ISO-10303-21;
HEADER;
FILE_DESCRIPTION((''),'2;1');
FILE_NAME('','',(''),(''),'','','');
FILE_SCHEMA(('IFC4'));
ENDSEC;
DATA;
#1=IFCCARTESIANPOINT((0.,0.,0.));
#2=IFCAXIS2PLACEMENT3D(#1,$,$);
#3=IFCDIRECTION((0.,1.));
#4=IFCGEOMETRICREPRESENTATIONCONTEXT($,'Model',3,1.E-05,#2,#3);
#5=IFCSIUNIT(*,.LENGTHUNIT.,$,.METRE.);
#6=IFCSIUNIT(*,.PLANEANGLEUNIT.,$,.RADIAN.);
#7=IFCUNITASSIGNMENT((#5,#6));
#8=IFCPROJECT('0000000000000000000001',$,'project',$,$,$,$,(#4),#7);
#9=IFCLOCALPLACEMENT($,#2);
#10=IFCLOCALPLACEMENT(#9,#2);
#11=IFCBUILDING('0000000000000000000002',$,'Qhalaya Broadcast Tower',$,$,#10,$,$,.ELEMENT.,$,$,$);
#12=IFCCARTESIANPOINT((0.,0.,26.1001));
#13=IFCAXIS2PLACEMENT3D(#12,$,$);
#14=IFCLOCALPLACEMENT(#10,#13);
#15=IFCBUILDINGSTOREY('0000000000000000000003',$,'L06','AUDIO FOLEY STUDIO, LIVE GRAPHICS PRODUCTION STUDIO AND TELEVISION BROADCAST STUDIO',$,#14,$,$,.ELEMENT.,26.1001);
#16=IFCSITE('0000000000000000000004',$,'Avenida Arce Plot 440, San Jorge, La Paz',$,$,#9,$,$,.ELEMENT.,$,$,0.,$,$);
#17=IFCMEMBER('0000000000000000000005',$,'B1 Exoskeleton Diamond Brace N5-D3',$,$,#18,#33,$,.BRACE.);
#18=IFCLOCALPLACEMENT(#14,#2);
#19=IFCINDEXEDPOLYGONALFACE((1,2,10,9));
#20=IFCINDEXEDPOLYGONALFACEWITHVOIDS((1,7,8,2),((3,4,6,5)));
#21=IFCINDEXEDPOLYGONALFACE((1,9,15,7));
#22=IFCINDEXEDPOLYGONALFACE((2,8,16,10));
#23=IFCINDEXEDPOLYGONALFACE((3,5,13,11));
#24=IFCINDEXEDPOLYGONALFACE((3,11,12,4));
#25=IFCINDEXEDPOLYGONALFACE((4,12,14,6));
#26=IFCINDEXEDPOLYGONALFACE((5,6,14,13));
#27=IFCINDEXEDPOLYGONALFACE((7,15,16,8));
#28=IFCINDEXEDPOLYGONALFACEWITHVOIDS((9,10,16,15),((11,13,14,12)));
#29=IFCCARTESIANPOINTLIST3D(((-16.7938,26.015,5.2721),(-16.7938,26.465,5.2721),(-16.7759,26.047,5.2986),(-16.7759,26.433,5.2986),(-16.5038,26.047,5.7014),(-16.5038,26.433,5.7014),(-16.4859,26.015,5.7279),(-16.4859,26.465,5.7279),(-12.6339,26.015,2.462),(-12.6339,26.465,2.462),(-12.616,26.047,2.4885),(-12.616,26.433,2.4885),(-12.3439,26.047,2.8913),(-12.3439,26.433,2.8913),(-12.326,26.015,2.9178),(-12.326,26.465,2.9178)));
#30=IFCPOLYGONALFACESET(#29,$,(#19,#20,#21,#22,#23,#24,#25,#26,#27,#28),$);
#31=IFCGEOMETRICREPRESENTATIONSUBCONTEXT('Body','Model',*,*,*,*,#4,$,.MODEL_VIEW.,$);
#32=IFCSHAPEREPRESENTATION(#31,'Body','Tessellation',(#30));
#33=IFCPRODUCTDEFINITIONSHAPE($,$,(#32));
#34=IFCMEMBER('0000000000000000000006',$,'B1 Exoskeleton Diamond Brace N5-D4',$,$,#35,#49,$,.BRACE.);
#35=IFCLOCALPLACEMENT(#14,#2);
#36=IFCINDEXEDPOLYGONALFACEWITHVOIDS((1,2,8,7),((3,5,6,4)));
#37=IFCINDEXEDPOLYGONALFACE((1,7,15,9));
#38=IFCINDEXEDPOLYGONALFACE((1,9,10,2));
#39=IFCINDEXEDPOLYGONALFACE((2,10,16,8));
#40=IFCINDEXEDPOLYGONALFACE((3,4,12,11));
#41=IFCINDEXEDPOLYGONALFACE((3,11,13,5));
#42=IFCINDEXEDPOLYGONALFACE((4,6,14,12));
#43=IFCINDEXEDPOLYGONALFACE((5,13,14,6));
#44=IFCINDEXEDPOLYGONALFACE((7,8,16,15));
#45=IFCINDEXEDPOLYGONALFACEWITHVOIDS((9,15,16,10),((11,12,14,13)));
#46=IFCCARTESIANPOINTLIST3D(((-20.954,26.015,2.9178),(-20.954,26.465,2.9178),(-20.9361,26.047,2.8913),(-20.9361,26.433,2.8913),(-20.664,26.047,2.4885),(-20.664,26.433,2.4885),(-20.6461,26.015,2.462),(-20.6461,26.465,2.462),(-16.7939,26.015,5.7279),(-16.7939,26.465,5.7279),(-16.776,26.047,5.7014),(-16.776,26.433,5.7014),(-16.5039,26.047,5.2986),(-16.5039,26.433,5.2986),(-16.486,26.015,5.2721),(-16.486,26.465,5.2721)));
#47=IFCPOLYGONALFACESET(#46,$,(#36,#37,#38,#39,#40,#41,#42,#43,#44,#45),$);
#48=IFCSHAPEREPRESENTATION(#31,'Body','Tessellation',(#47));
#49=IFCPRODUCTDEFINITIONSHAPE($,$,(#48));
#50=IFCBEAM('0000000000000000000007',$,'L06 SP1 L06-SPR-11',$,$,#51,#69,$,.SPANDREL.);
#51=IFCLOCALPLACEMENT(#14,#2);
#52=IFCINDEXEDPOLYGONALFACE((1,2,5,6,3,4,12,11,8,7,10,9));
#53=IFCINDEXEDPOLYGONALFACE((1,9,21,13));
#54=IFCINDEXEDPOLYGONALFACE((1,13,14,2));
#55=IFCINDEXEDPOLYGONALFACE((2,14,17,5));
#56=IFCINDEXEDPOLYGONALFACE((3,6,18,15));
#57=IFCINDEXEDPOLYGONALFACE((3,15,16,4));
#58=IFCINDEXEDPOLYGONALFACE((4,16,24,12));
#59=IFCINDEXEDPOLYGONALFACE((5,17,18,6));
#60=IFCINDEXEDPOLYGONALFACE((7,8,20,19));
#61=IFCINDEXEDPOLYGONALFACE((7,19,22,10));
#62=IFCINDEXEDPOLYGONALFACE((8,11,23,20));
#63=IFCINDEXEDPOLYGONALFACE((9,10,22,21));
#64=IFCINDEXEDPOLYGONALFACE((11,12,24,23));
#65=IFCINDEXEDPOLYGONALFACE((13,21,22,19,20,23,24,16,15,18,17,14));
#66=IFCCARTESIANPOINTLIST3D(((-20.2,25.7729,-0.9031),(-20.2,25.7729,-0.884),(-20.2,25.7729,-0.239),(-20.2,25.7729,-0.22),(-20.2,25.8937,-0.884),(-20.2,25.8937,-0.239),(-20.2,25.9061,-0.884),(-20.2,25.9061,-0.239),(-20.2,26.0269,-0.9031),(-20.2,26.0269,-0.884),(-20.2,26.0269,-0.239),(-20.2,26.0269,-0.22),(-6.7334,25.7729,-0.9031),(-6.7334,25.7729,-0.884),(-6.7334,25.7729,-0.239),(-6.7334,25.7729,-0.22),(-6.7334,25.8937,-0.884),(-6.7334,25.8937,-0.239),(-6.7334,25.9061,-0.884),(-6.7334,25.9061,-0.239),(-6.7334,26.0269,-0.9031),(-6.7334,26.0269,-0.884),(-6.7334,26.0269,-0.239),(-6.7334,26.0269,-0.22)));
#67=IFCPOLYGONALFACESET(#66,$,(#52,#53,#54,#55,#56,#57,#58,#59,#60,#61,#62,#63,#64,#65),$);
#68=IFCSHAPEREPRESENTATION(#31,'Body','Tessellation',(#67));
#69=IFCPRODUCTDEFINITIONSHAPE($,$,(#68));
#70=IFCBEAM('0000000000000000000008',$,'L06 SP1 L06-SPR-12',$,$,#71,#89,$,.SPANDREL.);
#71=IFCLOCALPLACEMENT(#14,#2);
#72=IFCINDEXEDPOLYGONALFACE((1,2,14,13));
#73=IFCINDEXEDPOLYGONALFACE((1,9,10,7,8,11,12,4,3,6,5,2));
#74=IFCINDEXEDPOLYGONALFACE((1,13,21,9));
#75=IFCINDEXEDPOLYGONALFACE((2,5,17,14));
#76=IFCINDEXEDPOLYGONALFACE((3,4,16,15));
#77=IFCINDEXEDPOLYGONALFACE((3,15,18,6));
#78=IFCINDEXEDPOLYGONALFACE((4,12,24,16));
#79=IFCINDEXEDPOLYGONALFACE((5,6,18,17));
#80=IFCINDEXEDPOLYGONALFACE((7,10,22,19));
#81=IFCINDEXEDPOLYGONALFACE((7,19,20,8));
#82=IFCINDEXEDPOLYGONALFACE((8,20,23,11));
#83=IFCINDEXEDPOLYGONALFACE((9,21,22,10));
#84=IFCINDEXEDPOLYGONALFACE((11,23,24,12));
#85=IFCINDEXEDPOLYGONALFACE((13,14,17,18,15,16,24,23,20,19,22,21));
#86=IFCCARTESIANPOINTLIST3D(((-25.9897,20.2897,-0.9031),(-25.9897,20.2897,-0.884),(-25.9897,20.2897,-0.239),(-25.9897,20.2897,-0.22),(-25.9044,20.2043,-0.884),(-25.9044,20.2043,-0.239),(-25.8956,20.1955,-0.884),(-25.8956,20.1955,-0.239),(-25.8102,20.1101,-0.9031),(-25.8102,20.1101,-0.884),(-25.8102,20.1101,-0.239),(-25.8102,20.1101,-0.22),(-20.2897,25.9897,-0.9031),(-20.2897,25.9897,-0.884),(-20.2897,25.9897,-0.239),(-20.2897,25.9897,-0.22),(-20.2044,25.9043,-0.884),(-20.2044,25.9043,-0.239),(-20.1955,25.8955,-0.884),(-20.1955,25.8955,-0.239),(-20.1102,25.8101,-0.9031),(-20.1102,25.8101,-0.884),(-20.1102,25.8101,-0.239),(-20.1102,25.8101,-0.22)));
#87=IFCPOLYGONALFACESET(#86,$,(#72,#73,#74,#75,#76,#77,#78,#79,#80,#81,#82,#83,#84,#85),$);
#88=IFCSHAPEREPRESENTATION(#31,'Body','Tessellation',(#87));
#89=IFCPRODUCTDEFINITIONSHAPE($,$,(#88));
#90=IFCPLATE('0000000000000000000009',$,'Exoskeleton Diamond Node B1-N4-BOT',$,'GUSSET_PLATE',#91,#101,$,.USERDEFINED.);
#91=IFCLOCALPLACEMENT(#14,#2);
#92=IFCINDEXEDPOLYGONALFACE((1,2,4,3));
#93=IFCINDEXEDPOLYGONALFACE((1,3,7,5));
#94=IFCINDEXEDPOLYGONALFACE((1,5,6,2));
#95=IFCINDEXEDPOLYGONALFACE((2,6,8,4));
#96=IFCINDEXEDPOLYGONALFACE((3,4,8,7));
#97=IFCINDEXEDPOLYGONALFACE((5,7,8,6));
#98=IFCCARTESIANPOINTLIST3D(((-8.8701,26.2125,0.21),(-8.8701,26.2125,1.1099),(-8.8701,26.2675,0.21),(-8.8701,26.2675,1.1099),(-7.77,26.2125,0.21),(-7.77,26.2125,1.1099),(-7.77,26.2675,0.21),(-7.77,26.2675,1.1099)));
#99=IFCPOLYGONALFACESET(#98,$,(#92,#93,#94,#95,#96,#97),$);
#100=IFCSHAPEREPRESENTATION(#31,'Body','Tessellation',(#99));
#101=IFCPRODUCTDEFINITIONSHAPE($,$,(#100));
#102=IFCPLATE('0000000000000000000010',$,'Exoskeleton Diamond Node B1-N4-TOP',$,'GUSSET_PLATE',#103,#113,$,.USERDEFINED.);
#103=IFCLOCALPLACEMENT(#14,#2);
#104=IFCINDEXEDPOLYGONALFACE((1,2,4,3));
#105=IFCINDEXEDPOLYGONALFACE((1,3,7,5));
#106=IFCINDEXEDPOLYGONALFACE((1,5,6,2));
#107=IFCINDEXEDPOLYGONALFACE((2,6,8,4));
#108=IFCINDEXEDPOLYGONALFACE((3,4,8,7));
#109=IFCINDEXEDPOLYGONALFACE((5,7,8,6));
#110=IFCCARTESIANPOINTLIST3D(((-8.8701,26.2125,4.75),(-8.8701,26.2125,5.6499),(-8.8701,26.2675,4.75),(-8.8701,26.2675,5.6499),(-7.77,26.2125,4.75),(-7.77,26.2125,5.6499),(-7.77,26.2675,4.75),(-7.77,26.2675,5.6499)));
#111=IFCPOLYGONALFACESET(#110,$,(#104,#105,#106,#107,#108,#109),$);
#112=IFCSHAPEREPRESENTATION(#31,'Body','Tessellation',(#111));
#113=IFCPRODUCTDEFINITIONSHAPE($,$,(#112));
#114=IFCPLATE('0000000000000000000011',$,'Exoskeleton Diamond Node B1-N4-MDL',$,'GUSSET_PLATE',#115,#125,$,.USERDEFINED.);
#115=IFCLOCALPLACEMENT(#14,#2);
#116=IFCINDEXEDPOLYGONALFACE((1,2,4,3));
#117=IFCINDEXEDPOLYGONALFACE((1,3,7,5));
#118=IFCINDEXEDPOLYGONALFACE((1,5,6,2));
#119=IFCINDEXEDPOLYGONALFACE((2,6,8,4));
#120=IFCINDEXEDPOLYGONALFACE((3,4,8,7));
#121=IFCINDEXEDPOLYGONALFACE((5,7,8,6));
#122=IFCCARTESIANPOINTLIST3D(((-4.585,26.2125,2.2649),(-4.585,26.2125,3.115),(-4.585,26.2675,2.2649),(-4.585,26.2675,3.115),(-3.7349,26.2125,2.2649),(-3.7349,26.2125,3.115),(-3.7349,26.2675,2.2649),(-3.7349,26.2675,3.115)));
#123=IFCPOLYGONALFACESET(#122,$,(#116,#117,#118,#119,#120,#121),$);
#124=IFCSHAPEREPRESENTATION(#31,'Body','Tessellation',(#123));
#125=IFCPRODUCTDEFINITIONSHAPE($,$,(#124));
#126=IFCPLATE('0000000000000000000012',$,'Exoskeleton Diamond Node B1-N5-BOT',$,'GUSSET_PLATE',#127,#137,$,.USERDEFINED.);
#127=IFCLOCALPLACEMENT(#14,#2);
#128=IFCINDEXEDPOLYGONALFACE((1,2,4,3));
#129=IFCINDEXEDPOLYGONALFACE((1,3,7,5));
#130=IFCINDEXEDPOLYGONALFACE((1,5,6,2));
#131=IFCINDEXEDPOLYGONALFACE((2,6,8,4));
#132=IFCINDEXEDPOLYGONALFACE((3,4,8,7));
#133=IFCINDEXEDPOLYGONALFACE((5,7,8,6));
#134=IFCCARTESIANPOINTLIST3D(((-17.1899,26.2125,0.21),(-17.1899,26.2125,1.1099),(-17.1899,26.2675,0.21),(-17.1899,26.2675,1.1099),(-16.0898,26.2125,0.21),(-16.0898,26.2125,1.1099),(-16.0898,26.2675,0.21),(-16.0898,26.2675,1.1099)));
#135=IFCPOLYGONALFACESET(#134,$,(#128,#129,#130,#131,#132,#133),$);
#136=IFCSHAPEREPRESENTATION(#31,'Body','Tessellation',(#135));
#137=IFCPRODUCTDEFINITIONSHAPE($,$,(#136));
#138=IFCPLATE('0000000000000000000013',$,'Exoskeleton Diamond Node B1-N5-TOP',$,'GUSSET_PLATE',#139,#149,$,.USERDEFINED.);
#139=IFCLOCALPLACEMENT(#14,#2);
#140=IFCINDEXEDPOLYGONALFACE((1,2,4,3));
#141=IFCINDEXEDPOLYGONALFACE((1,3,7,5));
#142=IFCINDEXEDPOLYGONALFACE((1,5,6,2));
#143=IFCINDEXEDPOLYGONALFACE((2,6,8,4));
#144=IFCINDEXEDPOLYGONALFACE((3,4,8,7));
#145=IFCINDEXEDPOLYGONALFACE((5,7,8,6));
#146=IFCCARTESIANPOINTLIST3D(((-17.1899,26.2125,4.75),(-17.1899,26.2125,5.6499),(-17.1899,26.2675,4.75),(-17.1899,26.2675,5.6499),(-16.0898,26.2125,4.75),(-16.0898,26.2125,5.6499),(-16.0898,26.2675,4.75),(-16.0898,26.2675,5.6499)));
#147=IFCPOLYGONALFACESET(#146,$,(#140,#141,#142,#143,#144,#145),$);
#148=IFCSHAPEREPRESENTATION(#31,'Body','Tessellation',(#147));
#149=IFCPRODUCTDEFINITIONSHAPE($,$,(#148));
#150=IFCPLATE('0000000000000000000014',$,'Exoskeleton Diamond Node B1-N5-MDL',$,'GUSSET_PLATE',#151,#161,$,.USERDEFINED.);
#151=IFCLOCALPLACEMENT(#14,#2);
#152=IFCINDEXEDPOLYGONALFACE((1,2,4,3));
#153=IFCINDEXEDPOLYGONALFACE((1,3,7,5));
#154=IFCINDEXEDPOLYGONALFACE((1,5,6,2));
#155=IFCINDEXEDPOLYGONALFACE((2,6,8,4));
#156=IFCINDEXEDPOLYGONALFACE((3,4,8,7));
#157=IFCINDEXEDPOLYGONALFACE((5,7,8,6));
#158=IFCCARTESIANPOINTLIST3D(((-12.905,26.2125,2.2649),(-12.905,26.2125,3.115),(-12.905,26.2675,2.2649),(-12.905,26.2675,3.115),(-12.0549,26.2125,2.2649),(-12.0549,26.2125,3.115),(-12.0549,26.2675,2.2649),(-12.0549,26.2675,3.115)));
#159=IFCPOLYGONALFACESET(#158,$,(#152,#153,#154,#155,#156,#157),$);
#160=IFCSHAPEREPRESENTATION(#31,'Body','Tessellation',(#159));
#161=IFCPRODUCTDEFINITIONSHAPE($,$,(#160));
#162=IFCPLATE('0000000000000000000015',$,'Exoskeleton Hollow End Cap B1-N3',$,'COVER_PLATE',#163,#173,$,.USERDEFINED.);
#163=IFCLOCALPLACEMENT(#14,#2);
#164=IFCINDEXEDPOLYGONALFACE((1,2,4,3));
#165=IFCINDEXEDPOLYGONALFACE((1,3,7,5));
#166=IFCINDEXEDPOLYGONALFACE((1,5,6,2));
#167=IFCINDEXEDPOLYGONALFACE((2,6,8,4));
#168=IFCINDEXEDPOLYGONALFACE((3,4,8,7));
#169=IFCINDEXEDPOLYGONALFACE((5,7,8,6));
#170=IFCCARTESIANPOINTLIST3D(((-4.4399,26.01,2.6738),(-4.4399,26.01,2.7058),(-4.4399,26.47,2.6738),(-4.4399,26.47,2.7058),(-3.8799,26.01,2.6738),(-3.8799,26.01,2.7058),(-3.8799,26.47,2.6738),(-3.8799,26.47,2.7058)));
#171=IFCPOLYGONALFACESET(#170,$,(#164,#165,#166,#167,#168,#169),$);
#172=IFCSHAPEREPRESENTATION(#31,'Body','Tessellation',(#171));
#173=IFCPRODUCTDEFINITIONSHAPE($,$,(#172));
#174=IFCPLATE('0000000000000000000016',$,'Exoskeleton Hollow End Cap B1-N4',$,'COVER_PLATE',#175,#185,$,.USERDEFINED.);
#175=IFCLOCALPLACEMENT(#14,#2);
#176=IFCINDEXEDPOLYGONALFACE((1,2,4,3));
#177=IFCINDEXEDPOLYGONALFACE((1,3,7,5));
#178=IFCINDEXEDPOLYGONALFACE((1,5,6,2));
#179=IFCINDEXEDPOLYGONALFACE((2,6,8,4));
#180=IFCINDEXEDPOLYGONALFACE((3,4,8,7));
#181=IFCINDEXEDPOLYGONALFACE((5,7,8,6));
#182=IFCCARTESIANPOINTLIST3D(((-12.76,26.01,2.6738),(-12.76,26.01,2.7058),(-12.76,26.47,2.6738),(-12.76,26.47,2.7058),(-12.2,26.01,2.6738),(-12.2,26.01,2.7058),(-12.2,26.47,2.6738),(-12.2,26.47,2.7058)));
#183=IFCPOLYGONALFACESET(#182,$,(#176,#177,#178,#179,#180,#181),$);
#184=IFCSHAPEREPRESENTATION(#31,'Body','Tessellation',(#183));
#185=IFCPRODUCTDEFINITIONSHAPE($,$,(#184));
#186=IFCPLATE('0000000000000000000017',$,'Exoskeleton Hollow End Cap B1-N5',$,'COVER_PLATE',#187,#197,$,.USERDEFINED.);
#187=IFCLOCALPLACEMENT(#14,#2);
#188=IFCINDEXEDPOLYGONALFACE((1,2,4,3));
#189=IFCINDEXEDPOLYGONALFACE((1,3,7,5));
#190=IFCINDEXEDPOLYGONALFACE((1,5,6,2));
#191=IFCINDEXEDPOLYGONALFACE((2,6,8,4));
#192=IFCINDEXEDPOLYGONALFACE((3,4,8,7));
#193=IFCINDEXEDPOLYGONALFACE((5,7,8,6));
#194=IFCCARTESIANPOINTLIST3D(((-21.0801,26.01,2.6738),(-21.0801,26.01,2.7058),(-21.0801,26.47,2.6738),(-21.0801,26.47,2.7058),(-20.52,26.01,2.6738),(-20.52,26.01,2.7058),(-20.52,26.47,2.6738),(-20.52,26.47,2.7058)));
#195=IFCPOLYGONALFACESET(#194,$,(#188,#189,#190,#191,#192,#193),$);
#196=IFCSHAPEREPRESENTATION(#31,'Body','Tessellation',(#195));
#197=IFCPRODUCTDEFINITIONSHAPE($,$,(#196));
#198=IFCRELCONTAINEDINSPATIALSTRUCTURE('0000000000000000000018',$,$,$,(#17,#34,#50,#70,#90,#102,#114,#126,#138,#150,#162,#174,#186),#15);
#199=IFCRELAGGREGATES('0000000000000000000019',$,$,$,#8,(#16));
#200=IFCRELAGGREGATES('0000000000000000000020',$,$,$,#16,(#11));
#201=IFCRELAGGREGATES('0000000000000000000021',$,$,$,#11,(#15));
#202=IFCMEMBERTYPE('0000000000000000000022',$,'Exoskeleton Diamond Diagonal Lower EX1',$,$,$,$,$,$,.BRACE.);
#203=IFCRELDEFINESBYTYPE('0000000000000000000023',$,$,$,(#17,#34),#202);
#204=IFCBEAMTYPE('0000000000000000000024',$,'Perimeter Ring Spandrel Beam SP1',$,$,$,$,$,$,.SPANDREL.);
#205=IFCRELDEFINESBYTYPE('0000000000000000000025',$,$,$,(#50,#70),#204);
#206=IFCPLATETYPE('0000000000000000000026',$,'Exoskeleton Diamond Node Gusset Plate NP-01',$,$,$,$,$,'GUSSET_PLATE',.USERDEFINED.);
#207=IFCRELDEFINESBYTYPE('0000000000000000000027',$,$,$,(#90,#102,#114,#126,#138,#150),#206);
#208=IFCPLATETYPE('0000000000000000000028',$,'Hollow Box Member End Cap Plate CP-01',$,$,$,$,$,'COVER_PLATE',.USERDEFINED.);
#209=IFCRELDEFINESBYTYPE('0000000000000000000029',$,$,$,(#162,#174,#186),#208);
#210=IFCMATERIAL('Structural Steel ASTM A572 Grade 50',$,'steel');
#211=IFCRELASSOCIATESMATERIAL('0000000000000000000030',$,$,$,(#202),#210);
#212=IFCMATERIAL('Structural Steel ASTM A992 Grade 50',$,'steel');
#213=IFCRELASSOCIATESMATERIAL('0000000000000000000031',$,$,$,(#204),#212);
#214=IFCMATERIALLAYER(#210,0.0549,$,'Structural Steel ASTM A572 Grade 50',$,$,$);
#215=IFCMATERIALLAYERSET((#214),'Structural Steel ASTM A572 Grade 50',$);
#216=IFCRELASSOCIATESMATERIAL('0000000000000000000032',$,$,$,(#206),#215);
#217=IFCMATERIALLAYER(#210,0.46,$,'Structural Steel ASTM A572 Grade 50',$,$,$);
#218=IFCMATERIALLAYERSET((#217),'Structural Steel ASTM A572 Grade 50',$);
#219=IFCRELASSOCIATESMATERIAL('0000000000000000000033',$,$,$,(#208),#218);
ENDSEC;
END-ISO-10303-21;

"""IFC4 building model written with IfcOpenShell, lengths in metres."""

from ifc_helpers import new_model, si_unit, direction, frame, origin, origin_2d, place, context, subcontext, project, spatial, rectangle, hollow_rectangle, i_section, extrude, material, layer, layer_set, material_profile, profile_set, type_object, element, save


model = new_model("IFC4")

# Units and contexts
model_context = context("Model", 3, precision=1e-05, world=origin(), true_north=direction((0.0, 1.0)))
body_context = subcontext(model_context, "Body", "Model", "MODEL_VIEW")
ifc_project = project(units=[si_unit("LENGTHUNIT", "METRE"), si_unit("PLANEANGLEUNIT", "RADIAN")], contexts=[model_context])

# Site, building, storey
site_placement = place(None, origin())
site = spatial("IfcSite", under=ifc_project, at=site_placement, Name="Avenida Arce Plot 440, San Jorge, La Paz", CompositionType="ELEMENT", RefElevation=0.0)
building_placement = place(site_placement, origin())
building = spatial("IfcBuilding", under=site, at=building_placement, Name="Qhalaya Broadcast Tower", CompositionType="ELEMENT")
storey_placement = place(building_placement, frame((0.0, 0.0, 26.1001)))
storey = spatial("IfcBuildingStorey", under=building, at=storey_placement, Name="L06", Description="AUDIO FOLEY STUDIO, LIVE GRAPHICS PRODUCTION STUDIO AND TELEVISION BROADCAST STUDIO", CompositionType="ELEMENT", Elevation=26.1001)

# Shared definitions
ifc_material_1 = material(Name="Structural Steel ASTM A992 Grade 50", Category="steel")
ifc_material_2 = material(Name="Structural Steel ASTM A572 Grade 50", Category="steel")

# Members
ifc_material_profile_1 = material_profile(ifc_material_2, hollow_rectangle(XDim=0.45, YDim=0.55, WallThickness=0.032, at=origin_2d()), Name="BOX 450x550x32")
ifc_profile_set_1 = profile_set([ifc_material_profile_1], Name="Structural Steel ASTM A572 Grade 50")
member_type = type_object("IfcMemberType", Name="Exoskeleton Diamond Diagonal Lower EX1", PredefinedType="BRACE", material=ifc_profile_set_1)
member_1_placement = place(storey_placement, frame((-12.48, 26.24, 2.6899), z_axis=(-0.828653, 0.0, 0.559763), x_axis=(0.0, -1.0, 0.0)))
element("IfcMember", 1, at=member_1_placement, inside=storey, type_object=member_type, Name="B1 Exoskeleton Diamond Brace N5-D3", PredefinedType="BRACE", context=body_context, shape_type="SweptSolid", body=[
    extrude(hollow_rectangle(XDim=0.45, YDim=0.55, WallThickness=0.032, at=origin_2d()), origin(), (0.0, 0.0, 1.0), 5.02),
])
member_2_placement = place(storey_placement, frame((-20.8, 26.24, 2.6899), z_axis=(0.828668, 0.0, 0.55974), x_axis=(0.0, 1.0, 0.0)))
element("IfcMember", 2, at=member_2_placement, inside=storey, type_object=member_type, Name="B1 Exoskeleton Diamond Brace N5-D4", PredefinedType="BRACE", context=body_context, shape_type="SweptSolid", body=[
    extrude(hollow_rectangle(XDim=0.45, YDim=0.55, WallThickness=0.032, at=origin_2d()), origin(), (0.0, 0.0, 1.0), 5.0203),
])

# Beams
ifc_material_profile_2 = material_profile(ifc_material_1, i_section(OverallWidth=0.2539, OverallDepth=0.6831, WebThickness=0.0125, FlangeThickness=0.019, at=origin_2d()), Name="W27X94")
ifc_profile_set_2 = profile_set([ifc_material_profile_2], Name="Structural Steel ASTM A992 Grade 50")
beam_type = type_object("IfcBeamType", Name="Perimeter Ring Spandrel Beam SP1", PredefinedType="SPANDREL", material=ifc_profile_set_2)
beam_1_placement = place(storey_placement, frame((-6.7334, 25.8999, -0.5615), z_axis=(-1.0, 0.0, 0.0), x_axis=(0.0, -1.0, 0.0)))
element("IfcBeam", 3, at=beam_1_placement, inside=storey, type_object=beam_type, Name="L06 SP1 L06-SPR-11", PredefinedType="SPANDREL", context=body_context, shape_type="SweptSolid", body=[
    extrude(i_section(OverallWidth=0.2539, OverallDepth=0.6831, WebThickness=0.0125, FlangeThickness=0.019, at=origin_2d()), origin(), (0.0, 0.0, 1.0), 13.4666),
])
beam_2_placement = place(storey_placement, frame((-20.2, 25.8999, -0.5615), z_axis=(-0.707107, -0.707107, 0.0), x_axis=(0.707107, -0.707107, 0.0)))
element("IfcBeam", 4, at=beam_2_placement, inside=storey, type_object=beam_type, Name="L06 SP1 L06-SPR-12", PredefinedType="SPANDREL", context=body_context, shape_type="SweptSolid", body=[
    extrude(i_section(OverallWidth=0.2539, OverallDepth=0.6831, WebThickness=0.0125, FlangeThickness=0.019, at=origin_2d()), origin(), (0.0, 0.0, 1.0), 8.061),
])

# Plates
ifc_layer_1 = layer(ifc_material_2, 0.0549, Name="Structural Steel ASTM A572 Grade 50")
ifc_layer_set_1 = layer_set([ifc_layer_1], Name="Structural Steel ASTM A572 Grade 50")
plate_type_1 = type_object("IfcPlateType", Name="Exoskeleton Diamond Node Gusset Plate NP-01", ElementType="GUSSET_PLATE", PredefinedType="USERDEFINED", material=ifc_layer_set_1)
for number, where, z_axis, x_axis, name in (
    (5, (-8.3201, 26.24, 0.21), (0.0, 0.0, 1.0), (1.0, 0.0, 0.0), "Exoskeleton Diamond Node B1-N4-BOT"),
    (6, (-8.3201, 26.24, 4.75), (0.0, 0.0, 1.0), (1.0, 0.0, 0.0), "Exoskeleton Diamond Node B1-N4-TOP"),
):
    element("IfcPlate", number, at=place(storey_placement, frame(where, z_axis=z_axis, x_axis=x_axis)), inside=storey, type_object=plate_type_1, Name=name, ObjectType="GUSSET_PLATE", PredefinedType="USERDEFINED", context=body_context, shape_type="SweptSolid", body=[
        extrude(rectangle(XDim=1.1001, YDim=0.0549, at=origin_2d()), origin(), (0.0, 0.0, 1.0), 0.8999),
    ])
plate_1_placement = place(storey_placement, frame((-4.1599, 26.24, 2.2649), z_axis=(0.0, 0.0, 1.0), x_axis=(1.0, 0.0, 0.0)))
element("IfcPlate", 7, at=plate_1_placement, inside=storey, type_object=plate_type_1, Name="Exoskeleton Diamond Node B1-N4-MDL", ObjectType="GUSSET_PLATE", PredefinedType="USERDEFINED", context=body_context, shape_type="SweptSolid", body=[
    extrude(rectangle(XDim=0.8501, YDim=0.0549, at=origin_2d()), origin(), (0.0, 0.0, 1.0), 0.8501),
])
for number, where, z_axis, x_axis, name in (
    (8, (-16.6399, 26.24, 0.21), (0.0, 0.0, 1.0), (1.0, 0.0, 0.0), "Exoskeleton Diamond Node B1-N5-BOT"),
    (9, (-16.6399, 26.24, 4.75), (0.0, 0.0, 1.0), (1.0, 0.0, 0.0), "Exoskeleton Diamond Node B1-N5-TOP"),
):
    element("IfcPlate", number, at=place(storey_placement, frame(where, z_axis=z_axis, x_axis=x_axis)), inside=storey, type_object=plate_type_1, Name=name, ObjectType="GUSSET_PLATE", PredefinedType="USERDEFINED", context=body_context, shape_type="SweptSolid", body=[
        extrude(rectangle(XDim=1.1001, YDim=0.0549, at=origin_2d()), origin(), (0.0, 0.0, 1.0), 0.8999),
    ])
plate_2_placement = place(storey_placement, frame((-12.48, 26.24, 2.2649), z_axis=(0.0, 0.0, 1.0), x_axis=(1.0, 0.0, 0.0)))
element("IfcPlate", 10, at=plate_2_placement, inside=storey, type_object=plate_type_1, Name="Exoskeleton Diamond Node B1-N5-MDL", ObjectType="GUSSET_PLATE", PredefinedType="USERDEFINED", context=body_context, shape_type="SweptSolid", body=[
    extrude(rectangle(XDim=0.8501, YDim=0.0549, at=origin_2d()), origin(), (0.0, 0.0, 1.0), 0.8501),
])
ifc_layer_2 = layer(ifc_material_2, 0.46, Name="Structural Steel ASTM A572 Grade 50")
ifc_layer_set_2 = layer_set([ifc_layer_2], Name="Structural Steel ASTM A572 Grade 50")
plate_type_2 = type_object("IfcPlateType", Name="Hollow Box Member End Cap Plate CP-01", ElementType="COVER_PLATE", PredefinedType="USERDEFINED", material=ifc_layer_set_2)
for number, where, z_axis, x_axis, name in (
    (11, (-4.1599, 26.24, 2.6738), (0.0, 0.0, 1.0), (1.0, 0.0, 0.0), "Exoskeleton Hollow End Cap B1-N3"),
    (12, (-12.48, 26.24, 2.6738), (0.0, 0.0, 1.0), (1.0, 0.0, 0.0), "Exoskeleton Hollow End Cap B1-N4"),
    (13, (-20.8, 26.24, 2.6738), (0.0, 0.0, 1.0), (1.0, 0.0, 0.0), "Exoskeleton Hollow End Cap B1-N5"),
):
    element("IfcPlate", number, at=place(storey_placement, frame(where, z_axis=z_axis, x_axis=x_axis)), inside=storey, type_object=plate_type_2, Name=name, ObjectType="COVER_PLATE", PredefinedType="USERDEFINED", context=body_context, shape_type="SweptSolid", body=[
        extrude(rectangle(XDim=0.5601, YDim=0.46, at=origin_2d()), origin(), (0.0, 0.0, 1.0), 0.032),
    ])

save(model, "model.ifc")
